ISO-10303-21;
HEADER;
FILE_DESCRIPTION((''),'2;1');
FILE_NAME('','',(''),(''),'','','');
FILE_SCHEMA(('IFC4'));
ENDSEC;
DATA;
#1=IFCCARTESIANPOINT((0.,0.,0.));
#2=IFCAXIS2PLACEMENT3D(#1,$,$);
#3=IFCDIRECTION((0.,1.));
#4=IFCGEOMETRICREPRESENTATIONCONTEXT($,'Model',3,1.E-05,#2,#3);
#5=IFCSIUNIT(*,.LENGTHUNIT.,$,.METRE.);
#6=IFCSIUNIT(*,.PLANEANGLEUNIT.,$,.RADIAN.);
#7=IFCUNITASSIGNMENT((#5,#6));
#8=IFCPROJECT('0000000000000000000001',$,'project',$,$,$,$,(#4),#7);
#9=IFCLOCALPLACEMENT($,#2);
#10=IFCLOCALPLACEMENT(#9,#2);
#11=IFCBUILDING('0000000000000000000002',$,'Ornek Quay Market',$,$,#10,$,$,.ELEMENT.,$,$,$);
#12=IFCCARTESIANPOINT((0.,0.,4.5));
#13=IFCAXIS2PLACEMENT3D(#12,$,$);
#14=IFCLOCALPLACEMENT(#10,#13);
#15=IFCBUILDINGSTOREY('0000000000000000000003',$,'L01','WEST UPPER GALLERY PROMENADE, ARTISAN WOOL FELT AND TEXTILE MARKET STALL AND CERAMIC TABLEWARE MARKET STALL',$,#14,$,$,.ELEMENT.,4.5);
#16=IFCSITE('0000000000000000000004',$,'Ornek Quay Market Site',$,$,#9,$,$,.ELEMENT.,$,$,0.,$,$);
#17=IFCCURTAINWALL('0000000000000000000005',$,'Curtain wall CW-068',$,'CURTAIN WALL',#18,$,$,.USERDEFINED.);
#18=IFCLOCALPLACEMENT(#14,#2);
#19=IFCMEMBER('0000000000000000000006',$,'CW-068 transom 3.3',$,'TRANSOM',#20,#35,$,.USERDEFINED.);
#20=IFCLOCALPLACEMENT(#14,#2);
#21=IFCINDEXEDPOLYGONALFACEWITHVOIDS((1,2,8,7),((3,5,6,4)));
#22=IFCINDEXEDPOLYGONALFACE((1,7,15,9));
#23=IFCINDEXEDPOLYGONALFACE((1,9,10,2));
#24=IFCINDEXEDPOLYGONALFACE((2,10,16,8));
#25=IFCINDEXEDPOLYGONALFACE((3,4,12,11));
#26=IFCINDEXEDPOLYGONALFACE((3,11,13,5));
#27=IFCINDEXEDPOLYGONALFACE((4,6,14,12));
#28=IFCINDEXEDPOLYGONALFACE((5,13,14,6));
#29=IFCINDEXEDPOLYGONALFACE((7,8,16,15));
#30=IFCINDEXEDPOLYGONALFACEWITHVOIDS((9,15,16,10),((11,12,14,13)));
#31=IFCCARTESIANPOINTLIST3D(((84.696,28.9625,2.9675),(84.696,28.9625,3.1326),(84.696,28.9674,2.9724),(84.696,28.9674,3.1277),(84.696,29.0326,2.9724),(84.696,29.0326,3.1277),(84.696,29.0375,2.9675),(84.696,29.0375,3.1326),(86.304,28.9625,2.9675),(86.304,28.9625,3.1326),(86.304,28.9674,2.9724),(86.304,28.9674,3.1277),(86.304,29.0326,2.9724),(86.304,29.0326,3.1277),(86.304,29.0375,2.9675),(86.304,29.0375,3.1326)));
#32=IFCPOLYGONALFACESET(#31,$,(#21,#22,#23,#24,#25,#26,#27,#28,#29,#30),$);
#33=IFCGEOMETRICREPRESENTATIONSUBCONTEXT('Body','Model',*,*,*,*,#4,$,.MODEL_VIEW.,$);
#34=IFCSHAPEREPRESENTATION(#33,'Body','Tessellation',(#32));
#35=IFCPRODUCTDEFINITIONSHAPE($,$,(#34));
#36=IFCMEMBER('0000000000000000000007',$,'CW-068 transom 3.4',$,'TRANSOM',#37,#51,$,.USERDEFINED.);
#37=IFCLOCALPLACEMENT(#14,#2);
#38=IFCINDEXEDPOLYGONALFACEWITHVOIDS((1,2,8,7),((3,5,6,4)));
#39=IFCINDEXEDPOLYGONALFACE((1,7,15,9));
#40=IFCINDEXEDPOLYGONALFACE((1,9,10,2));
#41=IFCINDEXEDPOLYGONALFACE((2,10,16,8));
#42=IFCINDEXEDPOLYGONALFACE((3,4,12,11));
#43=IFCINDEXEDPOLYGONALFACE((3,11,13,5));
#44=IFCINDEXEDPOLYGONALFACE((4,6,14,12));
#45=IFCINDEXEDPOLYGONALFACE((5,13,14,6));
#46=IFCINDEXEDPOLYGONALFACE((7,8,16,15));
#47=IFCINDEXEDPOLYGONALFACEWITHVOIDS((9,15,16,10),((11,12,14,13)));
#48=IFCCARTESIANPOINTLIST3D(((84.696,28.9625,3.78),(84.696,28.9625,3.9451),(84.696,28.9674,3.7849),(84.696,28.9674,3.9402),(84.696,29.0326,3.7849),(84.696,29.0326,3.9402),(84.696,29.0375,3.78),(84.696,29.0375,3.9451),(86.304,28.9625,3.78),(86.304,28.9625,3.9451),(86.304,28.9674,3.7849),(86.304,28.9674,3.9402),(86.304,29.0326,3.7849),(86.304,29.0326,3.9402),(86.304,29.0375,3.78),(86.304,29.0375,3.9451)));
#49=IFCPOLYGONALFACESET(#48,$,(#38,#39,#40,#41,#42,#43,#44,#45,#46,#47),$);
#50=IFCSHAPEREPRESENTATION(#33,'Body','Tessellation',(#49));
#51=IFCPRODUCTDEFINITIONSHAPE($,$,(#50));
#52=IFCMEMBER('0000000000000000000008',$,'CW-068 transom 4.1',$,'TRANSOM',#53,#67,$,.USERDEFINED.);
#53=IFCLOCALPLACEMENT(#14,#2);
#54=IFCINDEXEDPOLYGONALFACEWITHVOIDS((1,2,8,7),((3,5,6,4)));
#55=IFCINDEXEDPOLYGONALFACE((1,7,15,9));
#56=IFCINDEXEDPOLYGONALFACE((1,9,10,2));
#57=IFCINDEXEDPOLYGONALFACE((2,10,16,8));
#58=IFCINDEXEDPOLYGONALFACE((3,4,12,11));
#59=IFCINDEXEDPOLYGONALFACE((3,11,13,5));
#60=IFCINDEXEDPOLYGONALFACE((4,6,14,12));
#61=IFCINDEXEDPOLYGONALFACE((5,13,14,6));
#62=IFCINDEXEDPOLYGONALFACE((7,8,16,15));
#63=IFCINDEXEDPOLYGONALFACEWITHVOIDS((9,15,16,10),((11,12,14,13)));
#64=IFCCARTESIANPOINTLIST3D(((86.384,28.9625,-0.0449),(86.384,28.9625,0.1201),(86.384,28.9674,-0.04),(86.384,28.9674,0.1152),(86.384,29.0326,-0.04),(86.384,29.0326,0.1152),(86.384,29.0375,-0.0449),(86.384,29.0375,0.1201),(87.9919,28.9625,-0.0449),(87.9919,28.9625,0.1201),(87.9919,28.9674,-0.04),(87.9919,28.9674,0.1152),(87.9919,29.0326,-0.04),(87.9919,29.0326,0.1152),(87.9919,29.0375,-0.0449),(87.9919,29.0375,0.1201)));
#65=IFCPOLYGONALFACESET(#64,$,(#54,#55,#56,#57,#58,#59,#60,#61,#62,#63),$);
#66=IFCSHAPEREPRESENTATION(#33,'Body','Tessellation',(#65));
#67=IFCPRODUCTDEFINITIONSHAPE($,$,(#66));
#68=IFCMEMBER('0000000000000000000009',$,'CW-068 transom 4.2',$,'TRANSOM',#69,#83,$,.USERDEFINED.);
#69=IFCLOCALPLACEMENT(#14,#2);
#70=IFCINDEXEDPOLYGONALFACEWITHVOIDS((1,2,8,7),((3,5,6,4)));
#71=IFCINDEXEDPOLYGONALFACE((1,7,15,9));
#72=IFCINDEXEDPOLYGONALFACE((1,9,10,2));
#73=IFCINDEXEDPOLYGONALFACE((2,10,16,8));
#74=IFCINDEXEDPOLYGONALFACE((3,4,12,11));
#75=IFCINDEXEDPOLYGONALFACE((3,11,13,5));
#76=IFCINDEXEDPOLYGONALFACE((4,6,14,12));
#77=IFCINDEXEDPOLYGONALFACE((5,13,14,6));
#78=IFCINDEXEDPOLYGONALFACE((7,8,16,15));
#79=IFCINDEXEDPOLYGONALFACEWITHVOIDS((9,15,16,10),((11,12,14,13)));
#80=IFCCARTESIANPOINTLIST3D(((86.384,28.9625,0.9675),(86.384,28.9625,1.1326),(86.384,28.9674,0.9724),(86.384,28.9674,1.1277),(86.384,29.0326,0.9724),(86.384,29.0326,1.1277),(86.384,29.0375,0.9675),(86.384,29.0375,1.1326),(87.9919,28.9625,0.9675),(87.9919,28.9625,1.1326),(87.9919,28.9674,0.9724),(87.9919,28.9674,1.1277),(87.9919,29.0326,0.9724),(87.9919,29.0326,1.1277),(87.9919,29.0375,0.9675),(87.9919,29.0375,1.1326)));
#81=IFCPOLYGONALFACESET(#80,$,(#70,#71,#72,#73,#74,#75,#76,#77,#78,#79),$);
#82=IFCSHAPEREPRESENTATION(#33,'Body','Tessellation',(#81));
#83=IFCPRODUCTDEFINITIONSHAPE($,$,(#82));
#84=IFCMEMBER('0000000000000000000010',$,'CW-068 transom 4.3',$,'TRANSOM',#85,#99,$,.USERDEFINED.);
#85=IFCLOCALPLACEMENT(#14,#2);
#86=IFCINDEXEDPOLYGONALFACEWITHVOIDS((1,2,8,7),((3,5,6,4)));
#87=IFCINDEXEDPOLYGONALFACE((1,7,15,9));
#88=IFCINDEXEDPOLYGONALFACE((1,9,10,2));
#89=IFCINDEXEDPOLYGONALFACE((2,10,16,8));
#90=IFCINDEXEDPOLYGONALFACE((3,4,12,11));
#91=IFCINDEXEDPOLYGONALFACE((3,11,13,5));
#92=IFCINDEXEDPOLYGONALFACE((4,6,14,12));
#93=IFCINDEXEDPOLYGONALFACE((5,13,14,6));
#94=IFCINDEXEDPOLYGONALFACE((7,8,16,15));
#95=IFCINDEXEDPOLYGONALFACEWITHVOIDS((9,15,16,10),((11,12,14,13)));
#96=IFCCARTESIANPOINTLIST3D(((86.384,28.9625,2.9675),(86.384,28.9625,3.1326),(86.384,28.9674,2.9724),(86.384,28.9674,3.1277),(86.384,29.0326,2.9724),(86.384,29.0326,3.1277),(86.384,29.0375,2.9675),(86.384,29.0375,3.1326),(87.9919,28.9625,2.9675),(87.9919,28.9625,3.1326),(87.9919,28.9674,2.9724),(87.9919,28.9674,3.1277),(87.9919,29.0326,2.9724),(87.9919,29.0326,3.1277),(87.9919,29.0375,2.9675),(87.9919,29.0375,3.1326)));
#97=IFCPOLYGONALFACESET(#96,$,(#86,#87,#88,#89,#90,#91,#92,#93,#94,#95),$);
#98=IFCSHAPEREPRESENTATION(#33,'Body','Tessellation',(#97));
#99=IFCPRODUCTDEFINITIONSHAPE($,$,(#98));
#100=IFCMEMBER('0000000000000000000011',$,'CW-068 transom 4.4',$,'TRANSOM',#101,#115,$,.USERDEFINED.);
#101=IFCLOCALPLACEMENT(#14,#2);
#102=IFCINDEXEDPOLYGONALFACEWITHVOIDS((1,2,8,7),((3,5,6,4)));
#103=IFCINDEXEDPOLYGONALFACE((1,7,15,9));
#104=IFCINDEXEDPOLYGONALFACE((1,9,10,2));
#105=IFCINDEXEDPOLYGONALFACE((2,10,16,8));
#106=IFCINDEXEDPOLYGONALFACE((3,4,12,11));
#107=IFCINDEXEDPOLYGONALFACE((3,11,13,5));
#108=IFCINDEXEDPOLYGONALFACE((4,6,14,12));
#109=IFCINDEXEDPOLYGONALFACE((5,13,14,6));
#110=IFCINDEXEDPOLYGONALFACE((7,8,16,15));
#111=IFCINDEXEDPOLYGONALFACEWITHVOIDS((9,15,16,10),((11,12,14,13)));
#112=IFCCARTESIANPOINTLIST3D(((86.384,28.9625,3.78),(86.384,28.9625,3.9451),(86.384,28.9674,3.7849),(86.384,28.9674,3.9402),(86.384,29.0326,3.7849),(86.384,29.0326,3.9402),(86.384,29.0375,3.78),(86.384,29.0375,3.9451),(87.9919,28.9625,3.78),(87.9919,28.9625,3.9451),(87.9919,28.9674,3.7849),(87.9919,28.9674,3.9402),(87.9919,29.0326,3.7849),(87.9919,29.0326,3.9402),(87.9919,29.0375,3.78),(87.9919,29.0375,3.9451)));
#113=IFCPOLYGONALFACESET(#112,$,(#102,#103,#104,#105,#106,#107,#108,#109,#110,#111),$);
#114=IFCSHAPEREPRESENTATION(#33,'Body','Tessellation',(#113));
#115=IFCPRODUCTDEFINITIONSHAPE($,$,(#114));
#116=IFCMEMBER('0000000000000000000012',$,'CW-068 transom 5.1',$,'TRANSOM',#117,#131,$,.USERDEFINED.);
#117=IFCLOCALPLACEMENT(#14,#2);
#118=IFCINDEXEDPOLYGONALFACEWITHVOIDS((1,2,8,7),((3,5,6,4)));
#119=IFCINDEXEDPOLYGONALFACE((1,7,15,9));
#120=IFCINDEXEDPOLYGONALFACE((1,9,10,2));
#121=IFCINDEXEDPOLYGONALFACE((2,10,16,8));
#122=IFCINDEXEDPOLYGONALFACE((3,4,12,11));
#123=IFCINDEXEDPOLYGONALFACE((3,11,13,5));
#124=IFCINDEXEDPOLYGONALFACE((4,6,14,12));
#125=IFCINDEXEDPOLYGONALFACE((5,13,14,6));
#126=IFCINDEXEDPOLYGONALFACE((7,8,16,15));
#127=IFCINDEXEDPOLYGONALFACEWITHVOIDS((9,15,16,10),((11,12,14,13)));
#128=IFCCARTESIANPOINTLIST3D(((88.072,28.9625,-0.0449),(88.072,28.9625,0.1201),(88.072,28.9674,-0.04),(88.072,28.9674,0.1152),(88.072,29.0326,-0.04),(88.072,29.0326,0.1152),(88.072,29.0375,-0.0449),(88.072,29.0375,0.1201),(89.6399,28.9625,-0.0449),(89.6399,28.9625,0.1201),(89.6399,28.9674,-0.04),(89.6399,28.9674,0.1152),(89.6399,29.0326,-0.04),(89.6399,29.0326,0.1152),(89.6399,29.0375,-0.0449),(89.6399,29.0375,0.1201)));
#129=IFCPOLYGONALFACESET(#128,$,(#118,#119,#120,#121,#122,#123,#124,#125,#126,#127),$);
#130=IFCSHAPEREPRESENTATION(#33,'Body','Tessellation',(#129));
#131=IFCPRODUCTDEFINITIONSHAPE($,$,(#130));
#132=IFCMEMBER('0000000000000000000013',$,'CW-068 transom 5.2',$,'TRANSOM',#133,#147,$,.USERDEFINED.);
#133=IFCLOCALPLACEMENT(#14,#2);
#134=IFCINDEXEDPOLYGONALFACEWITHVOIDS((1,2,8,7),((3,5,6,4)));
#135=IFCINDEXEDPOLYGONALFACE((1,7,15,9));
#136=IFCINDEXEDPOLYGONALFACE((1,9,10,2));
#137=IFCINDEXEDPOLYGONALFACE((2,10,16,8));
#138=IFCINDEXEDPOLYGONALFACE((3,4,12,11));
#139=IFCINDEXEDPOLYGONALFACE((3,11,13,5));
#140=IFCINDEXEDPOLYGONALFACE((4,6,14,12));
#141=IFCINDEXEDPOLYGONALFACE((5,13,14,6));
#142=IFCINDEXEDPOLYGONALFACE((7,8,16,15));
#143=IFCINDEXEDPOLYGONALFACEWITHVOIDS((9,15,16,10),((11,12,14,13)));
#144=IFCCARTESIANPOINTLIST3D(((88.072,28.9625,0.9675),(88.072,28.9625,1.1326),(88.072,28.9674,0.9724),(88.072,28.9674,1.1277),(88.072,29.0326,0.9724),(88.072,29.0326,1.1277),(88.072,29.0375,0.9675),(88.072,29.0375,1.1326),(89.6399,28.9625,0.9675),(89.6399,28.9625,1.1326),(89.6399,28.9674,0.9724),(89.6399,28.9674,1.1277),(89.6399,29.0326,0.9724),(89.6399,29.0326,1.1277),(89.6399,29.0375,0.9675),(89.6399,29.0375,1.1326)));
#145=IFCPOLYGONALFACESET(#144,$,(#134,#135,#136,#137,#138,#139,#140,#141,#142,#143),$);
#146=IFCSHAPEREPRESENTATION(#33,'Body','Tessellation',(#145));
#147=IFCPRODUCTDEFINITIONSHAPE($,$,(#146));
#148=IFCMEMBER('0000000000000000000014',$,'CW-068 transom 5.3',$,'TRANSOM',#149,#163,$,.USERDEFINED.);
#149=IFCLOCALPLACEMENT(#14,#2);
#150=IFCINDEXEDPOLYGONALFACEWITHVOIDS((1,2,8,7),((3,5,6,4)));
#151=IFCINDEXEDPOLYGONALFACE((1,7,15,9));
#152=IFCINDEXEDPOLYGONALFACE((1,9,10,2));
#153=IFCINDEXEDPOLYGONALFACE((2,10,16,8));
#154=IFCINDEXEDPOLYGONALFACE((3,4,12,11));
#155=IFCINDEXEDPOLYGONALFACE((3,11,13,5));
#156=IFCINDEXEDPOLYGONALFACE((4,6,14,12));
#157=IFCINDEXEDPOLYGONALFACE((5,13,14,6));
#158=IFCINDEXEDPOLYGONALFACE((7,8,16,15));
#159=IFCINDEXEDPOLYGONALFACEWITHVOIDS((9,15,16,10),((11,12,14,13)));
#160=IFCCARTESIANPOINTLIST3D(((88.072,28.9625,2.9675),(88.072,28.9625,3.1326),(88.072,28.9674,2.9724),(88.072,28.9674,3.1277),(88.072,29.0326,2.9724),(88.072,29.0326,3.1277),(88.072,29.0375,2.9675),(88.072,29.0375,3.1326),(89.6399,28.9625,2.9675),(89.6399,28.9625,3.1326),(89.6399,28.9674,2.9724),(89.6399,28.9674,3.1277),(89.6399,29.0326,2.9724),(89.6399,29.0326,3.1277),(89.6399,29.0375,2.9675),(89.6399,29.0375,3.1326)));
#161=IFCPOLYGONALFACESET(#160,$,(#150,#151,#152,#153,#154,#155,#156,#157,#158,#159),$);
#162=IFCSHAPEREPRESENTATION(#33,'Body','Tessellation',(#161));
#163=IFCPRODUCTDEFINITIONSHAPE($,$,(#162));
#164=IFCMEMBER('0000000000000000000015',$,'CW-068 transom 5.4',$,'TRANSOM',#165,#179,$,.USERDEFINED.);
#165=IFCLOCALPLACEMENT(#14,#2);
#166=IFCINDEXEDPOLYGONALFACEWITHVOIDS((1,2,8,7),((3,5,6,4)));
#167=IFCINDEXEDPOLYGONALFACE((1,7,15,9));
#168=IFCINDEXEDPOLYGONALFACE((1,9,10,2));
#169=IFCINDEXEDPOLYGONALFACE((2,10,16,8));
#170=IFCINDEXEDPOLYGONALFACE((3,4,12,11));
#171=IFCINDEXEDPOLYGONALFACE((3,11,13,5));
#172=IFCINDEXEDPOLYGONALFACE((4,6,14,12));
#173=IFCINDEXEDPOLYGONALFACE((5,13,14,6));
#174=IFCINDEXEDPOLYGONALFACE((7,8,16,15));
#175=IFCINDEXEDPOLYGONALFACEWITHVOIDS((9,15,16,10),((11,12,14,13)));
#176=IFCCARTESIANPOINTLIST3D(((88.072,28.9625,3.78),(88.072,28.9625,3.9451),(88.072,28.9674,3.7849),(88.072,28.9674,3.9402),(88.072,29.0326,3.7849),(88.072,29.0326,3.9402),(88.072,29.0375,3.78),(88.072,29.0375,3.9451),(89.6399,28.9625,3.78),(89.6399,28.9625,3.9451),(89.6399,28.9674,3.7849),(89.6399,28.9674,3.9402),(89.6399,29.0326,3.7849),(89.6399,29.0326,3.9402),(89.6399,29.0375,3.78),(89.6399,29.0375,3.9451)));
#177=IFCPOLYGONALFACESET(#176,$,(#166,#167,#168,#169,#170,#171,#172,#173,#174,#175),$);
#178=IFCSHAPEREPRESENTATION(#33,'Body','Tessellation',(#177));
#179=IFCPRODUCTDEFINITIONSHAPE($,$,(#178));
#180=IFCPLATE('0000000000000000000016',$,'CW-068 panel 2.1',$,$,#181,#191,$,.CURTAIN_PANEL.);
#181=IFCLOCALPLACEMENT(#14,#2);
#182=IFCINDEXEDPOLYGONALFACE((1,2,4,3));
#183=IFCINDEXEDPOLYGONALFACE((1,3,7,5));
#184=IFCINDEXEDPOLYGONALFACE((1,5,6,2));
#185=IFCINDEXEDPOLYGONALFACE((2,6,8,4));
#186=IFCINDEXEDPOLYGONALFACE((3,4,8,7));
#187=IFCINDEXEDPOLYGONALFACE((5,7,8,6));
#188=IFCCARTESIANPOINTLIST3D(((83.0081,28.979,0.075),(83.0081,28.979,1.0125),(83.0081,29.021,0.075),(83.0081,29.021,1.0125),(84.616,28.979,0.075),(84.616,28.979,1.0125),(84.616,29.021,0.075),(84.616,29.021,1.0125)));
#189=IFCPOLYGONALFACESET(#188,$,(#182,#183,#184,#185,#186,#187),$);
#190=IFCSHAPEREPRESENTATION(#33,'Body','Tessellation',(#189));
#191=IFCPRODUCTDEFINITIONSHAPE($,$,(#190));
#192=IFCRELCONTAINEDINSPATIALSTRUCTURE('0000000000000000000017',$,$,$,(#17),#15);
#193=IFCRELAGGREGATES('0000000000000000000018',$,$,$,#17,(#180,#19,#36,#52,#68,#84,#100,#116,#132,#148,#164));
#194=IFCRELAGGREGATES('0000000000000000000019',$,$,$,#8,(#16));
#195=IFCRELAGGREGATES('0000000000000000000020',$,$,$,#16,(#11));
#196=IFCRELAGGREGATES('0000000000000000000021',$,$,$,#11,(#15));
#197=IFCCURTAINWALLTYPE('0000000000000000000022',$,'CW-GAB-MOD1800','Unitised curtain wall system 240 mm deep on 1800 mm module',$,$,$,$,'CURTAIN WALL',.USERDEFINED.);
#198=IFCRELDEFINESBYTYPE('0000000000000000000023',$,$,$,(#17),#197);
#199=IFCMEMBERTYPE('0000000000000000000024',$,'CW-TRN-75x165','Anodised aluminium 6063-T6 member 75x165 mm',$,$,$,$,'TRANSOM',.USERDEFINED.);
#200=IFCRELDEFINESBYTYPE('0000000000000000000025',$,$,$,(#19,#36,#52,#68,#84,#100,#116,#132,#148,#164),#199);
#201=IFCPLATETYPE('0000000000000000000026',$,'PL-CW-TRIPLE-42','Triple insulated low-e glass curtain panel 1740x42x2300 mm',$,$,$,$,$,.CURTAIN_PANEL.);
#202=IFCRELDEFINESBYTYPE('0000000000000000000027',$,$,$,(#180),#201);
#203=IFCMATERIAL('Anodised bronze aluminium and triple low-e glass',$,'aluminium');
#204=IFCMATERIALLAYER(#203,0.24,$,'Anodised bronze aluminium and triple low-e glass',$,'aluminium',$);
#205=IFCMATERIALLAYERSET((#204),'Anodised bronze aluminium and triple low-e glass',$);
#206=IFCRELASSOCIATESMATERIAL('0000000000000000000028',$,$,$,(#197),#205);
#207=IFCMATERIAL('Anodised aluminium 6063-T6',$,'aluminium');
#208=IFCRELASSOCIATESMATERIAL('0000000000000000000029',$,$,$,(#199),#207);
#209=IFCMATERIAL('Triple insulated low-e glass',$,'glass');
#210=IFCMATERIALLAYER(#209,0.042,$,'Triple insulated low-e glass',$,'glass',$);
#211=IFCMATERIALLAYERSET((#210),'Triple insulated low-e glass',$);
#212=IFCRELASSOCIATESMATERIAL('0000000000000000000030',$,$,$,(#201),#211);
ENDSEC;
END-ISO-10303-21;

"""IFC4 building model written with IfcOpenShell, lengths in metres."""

from ifc_helpers import new_model, si_unit, direction, frame, origin, origin_2d, place, context, subcontext, project, spatial, rectangle, hollow_rectangle, extrude, material, layer, layer_set, material_profile, profile_set, type_object, element, aggregate, save


model = new_model("IFC4")

# Units and contexts
model_context = context("Model", 3, precision=1e-05, world=origin(), true_north=direction((0.0, 1.0)))
body_context = subcontext(model_context, "Body", "Model", "MODEL_VIEW")
ifc_project = project(units=[si_unit("LENGTHUNIT", "METRE"), si_unit("PLANEANGLEUNIT", "RADIAN")], contexts=[model_context])

# Site, building, storey
site_placement = place(None, origin())
site = spatial("IfcSite", under=ifc_project, at=site_placement, Name="Ornek Quay Market Site", CompositionType="ELEMENT", RefElevation=0.0)
building_placement = place(site_placement, origin())
building = spatial("IfcBuilding", under=site, at=building_placement, Name="Ornek Quay Market", CompositionType="ELEMENT")
storey_placement = place(building_placement, frame((0.0, 0.0, 4.5)))
storey = spatial("IfcBuildingStorey", under=building, at=storey_placement, Name="L01", Description="WEST UPPER GALLERY PROMENADE, ARTISAN WOOL FELT AND TEXTILE MARKET STALL AND CERAMIC TABLEWARE MARKET STALL", CompositionType="ELEMENT", Elevation=4.5)

# Curtain wall, members, plate
ifc_material_1 = material(Name="Anodised bronze aluminium and triple low-e glass", Category="aluminium")
ifc_layer_1 = layer(ifc_material_1, 0.24, Name="Anodised bronze aluminium and triple low-e glass", Category="aluminium")
ifc_layer_set_1 = layer_set([ifc_layer_1], Name="Anodised bronze aluminium and triple low-e glass")
curtain_wall_type = type_object("IfcCurtainWallType", Name="CW-GAB-MOD1800", Description="Unitised curtain wall system 240 mm deep on 1800 mm module", ElementType="CURTAIN WALL", PredefinedType="USERDEFINED", material=ifc_layer_set_1)
curtain_wall_placement = place(storey_placement, origin())
curtain_wall = element("IfcCurtainWall", 1, at=curtain_wall_placement, inside=storey, type_object=curtain_wall_type, Name="Curtain wall CW-068", ObjectType="CURTAIN WALL", PredefinedType="USERDEFINED")
ifc_material_2 = material(Name="Anodised aluminium 6063-T6", Category="aluminium")
ifc_material_profile_1 = material_profile(ifc_material_2, hollow_rectangle(XDim=0.075, YDim=0.165, WallThickness=0.0049, at=origin_2d()), Name="CW-TRN-75x165", Category="aluminium")
ifc_profile_set_1 = profile_set([ifc_material_profile_1], Name="Anodised aluminium 6063-T6")
member_type_1 = type_object("IfcMemberType", Name="CW-TRN-75x165", Description="Anodised aluminium 6063-T6 member 75x165 mm", ElementType="TRANSOM", PredefinedType="USERDEFINED", material=ifc_profile_set_1)
member_1_placement = place(storey_placement, frame((84.696, 29.0, 3.05), z_axis=(1.0, 0.0, 0.0), x_axis=(0.0, 1.0, 0.0)))
member_1 = element("IfcMember", 2, at=member_1_placement, type_object=member_type_1, Name="CW-068 transom 3.3", ObjectType="TRANSOM", PredefinedType="USERDEFINED", context=body_context, shape_type="SweptSolid", body=[
    extrude(hollow_rectangle(XDim=0.075, YDim=0.165, WallThickness=0.0049, at=origin_2d()), origin(), (0.0, 0.0, 1.0), 1.6079),
])
member_2_placement = place(storey_placement, frame((84.696, 29.0, 3.8625), z_axis=(1.0, 0.0, 0.0), x_axis=(0.0, 1.0, 0.0)))
member_2 = element("IfcMember", 3, at=member_2_placement, type_object=member_type_1, Name="CW-068 transom 3.4", ObjectType="TRANSOM", PredefinedType="USERDEFINED", context=body_context, shape_type="SweptSolid", body=[
    extrude(hollow_rectangle(XDim=0.075, YDim=0.165, WallThickness=0.0049, at=origin_2d()), origin(), (0.0, 0.0, 1.0), 1.6079),
])
member_3_placement = place(storey_placement, frame((86.384, 29.0, 0.0376), z_axis=(1.0, 0.0, 0.0), x_axis=(0.0, 1.0, 0.0)))
member_3 = element("IfcMember", 4, at=member_3_placement, type_object=member_type_1, Name="CW-068 transom 4.1", ObjectType="TRANSOM", PredefinedType="USERDEFINED", context=body_context, shape_type="SweptSolid", body=[
    extrude(hollow_rectangle(XDim=0.075, YDim=0.165, WallThickness=0.0049, at=origin_2d()), origin(), (0.0, 0.0, 1.0), 1.6079),
])
member_4_placement = place(storey_placement, frame((86.384, 29.0, 1.05), z_axis=(1.0, 0.0, 0.0), x_axis=(0.0, 1.0, 0.0)))
member_4 = element("IfcMember", 5, at=member_4_placement, type_object=member_type_1, Name="CW-068 transom 4.2", ObjectType="TRANSOM", PredefinedType="USERDEFINED", context=body_context, shape_type="SweptSolid", body=[
    extrude(hollow_rectangle(XDim=0.075, YDim=0.165, WallThickness=0.0049, at=origin_2d()), origin(), (0.0, 0.0, 1.0), 1.6079),
])
member_5_placement = place(storey_placement, frame((86.384, 29.0, 3.05), z_axis=(1.0, 0.0, 0.0), x_axis=(0.0, 1.0, 0.0)))
member_5 = element("IfcMember", 6, at=member_5_placement, type_object=member_type_1, Name="CW-068 transom 4.3", ObjectType="TRANSOM", PredefinedType="USERDEFINED", context=body_context, shape_type="SweptSolid", body=[
    extrude(hollow_rectangle(XDim=0.075, YDim=0.165, WallThickness=0.0049, at=origin_2d()), origin(), (0.0, 0.0, 1.0), 1.6079),
])
member_6_placement = place(storey_placement, frame((86.384, 29.0, 3.8625), z_axis=(1.0, 0.0, 0.0), x_axis=(0.0, 1.0, 0.0)))
member_6 = element("IfcMember", 7, at=member_6_placement, type_object=member_type_1, Name="CW-068 transom 4.4", ObjectType="TRANSOM", PredefinedType="USERDEFINED", context=body_context, shape_type="SweptSolid", body=[
    extrude(hollow_rectangle(XDim=0.075, YDim=0.165, WallThickness=0.0049, at=origin_2d()), origin(), (0.0, 0.0, 1.0), 1.6079),
])
member_7_placement = place(storey_placement, frame((88.072, 29.0, 0.0376), z_axis=(1.0, 0.0, 0.0), x_axis=(0.0, 1.0, 0.0)))
member_7 = element("IfcMember", 8, at=member_7_placement, type_object=member_type_1, Name="CW-068 transom 5.1", ObjectType="TRANSOM", PredefinedType="USERDEFINED", context=body_context, shape_type="SweptSolid", body=[
    extrude(hollow_rectangle(XDim=0.075, YDim=0.165, WallThickness=0.0049, at=origin_2d()), origin(), (0.0, 0.0, 1.0), 1.5679),
])
member_8_placement = place(storey_placement, frame((88.072, 29.0, 1.05), z_axis=(1.0, 0.0, 0.0), x_axis=(0.0, 1.0, 0.0)))
member_8 = element("IfcMember", 9, at=member_8_placement, type_object=member_type_1, Name="CW-068 transom 5.2", ObjectType="TRANSOM", PredefinedType="USERDEFINED", context=body_context, shape_type="SweptSolid", body=[
    extrude(hollow_rectangle(XDim=0.075, YDim=0.165, WallThickness=0.0049, at=origin_2d()), origin(), (0.0, 0.0, 1.0), 1.5679),
])
member_9_placement = place(storey_placement, frame((88.072, 29.0, 3.05), z_axis=(1.0, 0.0, 0.0), x_axis=(0.0, 1.0, 0.0)))
member_9 = element("IfcMember", 10, at=member_9_placement, type_object=member_type_1, Name="CW-068 transom 5.3", ObjectType="TRANSOM", PredefinedType="USERDEFINED", context=body_context, shape_type="SweptSolid", body=[
    extrude(hollow_rectangle(XDim=0.075, YDim=0.165, WallThickness=0.0049, at=origin_2d()), origin(), (0.0, 0.0, 1.0), 1.5679),
])
member_10_placement = place(storey_placement, frame((88.072, 29.0, 3.8625), z_axis=(1.0, 0.0, 0.0), x_axis=(0.0, 1.0, 0.0)))
member_10 = element("IfcMember", 11, at=member_10_placement, type_object=member_type_1, Name="CW-068 transom 5.4", ObjectType="TRANSOM", PredefinedType="USERDEFINED", context=body_context, shape_type="SweptSolid", body=[
    extrude(hollow_rectangle(XDim=0.075, YDim=0.165, WallThickness=0.0049, at=origin_2d()), origin(), (0.0, 0.0, 1.0), 1.5679),
])
ifc_material_3 = material(Name="Triple insulated low-e glass", Category="glass")
ifc_layer_2 = layer(ifc_material_3, 0.042, Name="Triple insulated low-e glass", Category="glass")
ifc_layer_set_2 = layer_set([ifc_layer_2], Name="Triple insulated low-e glass")
plate_type = type_object("IfcPlateType", Name="PL-CW-TRIPLE-42", Description="Triple insulated low-e glass curtain panel 1740x42x2300 mm", PredefinedType="CURTAIN_PANEL", material=ifc_layer_set_2)
plate_1_placement = place(storey_placement, frame((83.812, 29.0, 0.075), z_axis=(0.0, 0.0, 1.0), x_axis=(1.0, 0.0, 0.0)))
plate_1 = element("IfcPlate", 12, at=plate_1_placement, type_object=plate_type, Name="CW-068 panel 2.1", PredefinedType="CURTAIN_PANEL", context=body_context, shape_type="SweptSolid", body=[
    extrude(rectangle(XDim=1.6079, YDim=0.042, at=origin_2d()), origin(), (0.0, 0.0, 1.0), 0.9375),
])
aggregate(curtain_wall, [plate_1, member_1, member_2, member_3, member_4, member_5, member_6, member_7, member_8, member_9, member_10])

save(model, "model.ifc")
